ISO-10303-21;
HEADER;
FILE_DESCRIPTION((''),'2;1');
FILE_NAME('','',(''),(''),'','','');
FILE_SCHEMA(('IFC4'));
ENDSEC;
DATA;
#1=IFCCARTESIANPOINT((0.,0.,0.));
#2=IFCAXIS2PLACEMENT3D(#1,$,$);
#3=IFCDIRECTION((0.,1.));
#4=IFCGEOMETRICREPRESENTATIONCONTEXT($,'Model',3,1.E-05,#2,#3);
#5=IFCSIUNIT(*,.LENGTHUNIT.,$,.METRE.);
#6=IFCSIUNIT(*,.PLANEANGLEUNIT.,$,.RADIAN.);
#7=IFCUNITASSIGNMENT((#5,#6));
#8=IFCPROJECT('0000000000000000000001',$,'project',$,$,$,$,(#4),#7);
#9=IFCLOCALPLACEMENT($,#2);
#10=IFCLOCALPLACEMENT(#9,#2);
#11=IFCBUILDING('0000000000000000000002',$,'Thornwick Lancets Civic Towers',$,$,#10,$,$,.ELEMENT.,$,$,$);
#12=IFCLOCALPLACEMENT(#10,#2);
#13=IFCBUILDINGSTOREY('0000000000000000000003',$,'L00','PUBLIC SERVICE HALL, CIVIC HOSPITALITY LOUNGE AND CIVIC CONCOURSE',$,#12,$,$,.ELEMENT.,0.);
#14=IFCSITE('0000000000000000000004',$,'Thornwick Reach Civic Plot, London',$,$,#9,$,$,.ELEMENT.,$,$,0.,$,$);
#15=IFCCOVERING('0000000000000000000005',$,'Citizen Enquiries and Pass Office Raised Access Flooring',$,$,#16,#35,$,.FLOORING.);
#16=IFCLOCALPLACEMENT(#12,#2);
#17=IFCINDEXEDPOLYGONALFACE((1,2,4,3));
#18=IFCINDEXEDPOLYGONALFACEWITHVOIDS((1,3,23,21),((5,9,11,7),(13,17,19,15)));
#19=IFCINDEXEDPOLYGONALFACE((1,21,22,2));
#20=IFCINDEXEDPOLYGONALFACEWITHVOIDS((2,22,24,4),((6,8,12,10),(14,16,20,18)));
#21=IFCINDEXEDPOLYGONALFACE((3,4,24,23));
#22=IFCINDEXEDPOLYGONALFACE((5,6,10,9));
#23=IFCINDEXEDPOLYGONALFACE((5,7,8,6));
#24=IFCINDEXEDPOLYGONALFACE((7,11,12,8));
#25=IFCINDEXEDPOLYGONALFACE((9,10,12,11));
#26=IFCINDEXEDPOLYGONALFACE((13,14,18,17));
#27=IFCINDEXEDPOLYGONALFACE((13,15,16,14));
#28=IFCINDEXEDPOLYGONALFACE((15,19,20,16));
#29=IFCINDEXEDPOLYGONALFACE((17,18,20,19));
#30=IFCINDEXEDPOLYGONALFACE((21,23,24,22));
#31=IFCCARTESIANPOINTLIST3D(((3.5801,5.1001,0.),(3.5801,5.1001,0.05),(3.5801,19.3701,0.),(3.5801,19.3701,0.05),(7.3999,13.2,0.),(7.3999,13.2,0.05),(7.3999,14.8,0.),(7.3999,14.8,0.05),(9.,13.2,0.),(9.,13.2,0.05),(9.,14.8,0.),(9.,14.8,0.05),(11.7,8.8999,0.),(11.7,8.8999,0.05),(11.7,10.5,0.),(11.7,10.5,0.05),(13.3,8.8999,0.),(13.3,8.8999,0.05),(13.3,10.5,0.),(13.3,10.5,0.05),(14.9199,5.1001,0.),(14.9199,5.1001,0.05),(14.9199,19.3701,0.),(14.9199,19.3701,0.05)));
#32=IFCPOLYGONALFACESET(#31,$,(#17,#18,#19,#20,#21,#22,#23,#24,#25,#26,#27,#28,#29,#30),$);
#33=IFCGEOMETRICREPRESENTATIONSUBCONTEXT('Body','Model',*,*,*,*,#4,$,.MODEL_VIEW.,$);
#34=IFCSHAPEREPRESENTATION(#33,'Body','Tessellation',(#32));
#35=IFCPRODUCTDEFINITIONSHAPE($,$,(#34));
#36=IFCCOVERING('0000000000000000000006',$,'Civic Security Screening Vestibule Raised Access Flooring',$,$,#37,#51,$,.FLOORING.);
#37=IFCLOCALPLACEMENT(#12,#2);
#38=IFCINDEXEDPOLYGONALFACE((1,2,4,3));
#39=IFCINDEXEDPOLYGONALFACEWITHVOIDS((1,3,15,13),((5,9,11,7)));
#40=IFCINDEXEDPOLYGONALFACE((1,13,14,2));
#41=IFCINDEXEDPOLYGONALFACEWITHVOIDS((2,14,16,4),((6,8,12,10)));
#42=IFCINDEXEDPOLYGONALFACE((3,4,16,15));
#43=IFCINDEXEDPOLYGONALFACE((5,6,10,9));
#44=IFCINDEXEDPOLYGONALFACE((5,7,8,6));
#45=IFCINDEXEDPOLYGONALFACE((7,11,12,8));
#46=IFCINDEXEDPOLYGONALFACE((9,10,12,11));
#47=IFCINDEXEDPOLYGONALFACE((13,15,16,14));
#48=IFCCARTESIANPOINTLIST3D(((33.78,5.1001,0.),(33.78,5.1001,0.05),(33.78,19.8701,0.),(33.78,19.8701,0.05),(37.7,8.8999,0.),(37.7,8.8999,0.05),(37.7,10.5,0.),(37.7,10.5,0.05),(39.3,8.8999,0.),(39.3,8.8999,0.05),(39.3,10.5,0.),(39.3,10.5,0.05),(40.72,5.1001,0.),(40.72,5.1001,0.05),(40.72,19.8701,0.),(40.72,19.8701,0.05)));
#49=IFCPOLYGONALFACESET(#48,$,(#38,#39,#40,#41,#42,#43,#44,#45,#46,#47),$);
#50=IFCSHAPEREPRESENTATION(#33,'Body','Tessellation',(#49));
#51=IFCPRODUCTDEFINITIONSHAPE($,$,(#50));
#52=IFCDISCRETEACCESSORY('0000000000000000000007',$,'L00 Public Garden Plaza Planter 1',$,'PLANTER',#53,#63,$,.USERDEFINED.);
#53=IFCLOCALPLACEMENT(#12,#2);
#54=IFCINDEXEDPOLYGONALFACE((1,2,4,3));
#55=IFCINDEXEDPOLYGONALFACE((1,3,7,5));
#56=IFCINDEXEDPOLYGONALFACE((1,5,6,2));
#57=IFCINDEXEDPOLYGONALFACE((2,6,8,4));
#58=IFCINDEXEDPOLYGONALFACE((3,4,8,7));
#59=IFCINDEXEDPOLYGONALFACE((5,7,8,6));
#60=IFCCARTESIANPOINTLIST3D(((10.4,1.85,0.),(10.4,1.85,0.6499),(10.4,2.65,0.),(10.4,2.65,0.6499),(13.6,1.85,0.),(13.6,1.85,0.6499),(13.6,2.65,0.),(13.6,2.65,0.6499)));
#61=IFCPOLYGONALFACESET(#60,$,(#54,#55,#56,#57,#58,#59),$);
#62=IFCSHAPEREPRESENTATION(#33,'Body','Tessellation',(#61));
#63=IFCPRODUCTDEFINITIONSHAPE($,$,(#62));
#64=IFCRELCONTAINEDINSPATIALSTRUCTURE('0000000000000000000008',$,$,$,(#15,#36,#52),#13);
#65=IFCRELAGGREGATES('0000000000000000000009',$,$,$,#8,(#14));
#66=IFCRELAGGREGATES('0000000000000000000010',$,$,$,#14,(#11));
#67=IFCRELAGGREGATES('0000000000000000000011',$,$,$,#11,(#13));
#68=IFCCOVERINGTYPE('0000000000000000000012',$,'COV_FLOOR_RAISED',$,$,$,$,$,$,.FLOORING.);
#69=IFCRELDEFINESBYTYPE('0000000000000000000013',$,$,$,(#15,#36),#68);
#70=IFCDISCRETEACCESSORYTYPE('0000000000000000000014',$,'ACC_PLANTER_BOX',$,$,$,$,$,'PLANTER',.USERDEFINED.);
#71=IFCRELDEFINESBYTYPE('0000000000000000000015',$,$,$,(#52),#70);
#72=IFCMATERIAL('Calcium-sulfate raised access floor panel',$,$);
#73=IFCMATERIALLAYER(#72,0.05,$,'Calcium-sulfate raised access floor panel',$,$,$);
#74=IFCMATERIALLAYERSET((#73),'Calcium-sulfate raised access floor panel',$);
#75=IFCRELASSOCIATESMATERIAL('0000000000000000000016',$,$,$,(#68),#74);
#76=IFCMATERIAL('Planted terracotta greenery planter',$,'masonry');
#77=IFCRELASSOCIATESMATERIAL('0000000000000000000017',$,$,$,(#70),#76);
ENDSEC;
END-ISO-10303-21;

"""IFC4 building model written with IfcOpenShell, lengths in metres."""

from ifc_helpers import new_model, si_unit, direction, frame, origin, origin_2d, place, context, subcontext, project, spatial, polyline, rectangle, outline, extrude, material, layer, layer_set, type_object, element, save


model = new_model("IFC4")

# Units and contexts
model_context = context("Model", 3, precision=1e-05, world=origin(), true_north=direction((0.0, 1.0)))
body_context = subcontext(model_context, "Body", "Model", "MODEL_VIEW")
ifc_project = project(units=[si_unit("LENGTHUNIT", "METRE"), si_unit("PLANEANGLEUNIT", "RADIAN")], contexts=[model_context])

# Site, building, storey
site_placement = place(None, origin())
site = spatial("IfcSite", under=ifc_project, at=site_placement, Name="Thornwick Reach Civic Plot, London", CompositionType="ELEMENT", RefElevation=0.0)
building_placement = place(site_placement, origin())
building = spatial("IfcBuilding", under=site, at=building_placement, Name="Thornwick Lancets Civic Towers", CompositionType="ELEMENT")
storey_placement = place(building_placement, origin())
storey = spatial("IfcBuildingStorey", under=building, at=storey_placement, Name="L00", Description="PUBLIC SERVICE HALL, CIVIC HOSPITALITY LOUNGE AND CIVIC CONCOURSE", CompositionType="ELEMENT", Elevation=0.0)

# Coverings
ifc_material_1 = material(Name="Calcium-sulfate raised access floor panel")
ifc_layer_1 = layer(ifc_material_1, 0.05, Name="Calcium-sulfate raised access floor panel")
ifc_layer_set_1 = layer_set([ifc_layer_1], Name="Calcium-sulfate raised access floor panel")
covering_type_1 = type_object("IfcCoveringType", Name="COV_FLOOR_RAISED", PredefinedType="FLOORING", material=ifc_layer_set_1)
covering_1_placement = place(storey_placement, origin())
element("IfcCovering", 1, at=covering_1_placement, inside=storey, type_object=covering_type_1, Name="Citizen Enquiries and Pass Office Raised Access Flooring", PredefinedType="FLOORING", context=body_context, shape_type="SweptSolid", body=[
    extrude(outline(polyline([(3.5801, 5.1001), (3.5801, 19.3701), (14.9199, 19.3701), (14.9199, 5.1001), (3.5801, 5.1001)]), holes=[polyline([(11.7, 8.8999), (13.3, 8.8999), (13.3, 10.5), (11.7, 10.5), (11.7, 8.8999)]), polyline([(7.3999, 13.2), (9.0, 13.2), (9.0, 14.8), (7.3999, 14.8), (7.3999, 13.2)])]), origin(), (0.0, 0.0, 1.0), 0.05),
])
covering_2_placement = place(storey_placement, origin())
element("IfcCovering", 2, at=covering_2_placement, inside=storey, type_object=covering_type_1, Name="Civic Security Screening Vestibule Raised Access Flooring", PredefinedType="FLOORING", context=body_context, shape_type="SweptSolid", body=[
    extrude(outline(polyline([(40.72, 5.1001), (33.78, 5.1001), (33.78, 19.8701), (40.72, 19.8701), (40.72, 5.1001)]), holes=[polyline([(37.7, 8.8999), (39.3, 8.8999), (39.3, 10.5), (37.7, 10.5), (37.7, 8.8999)])]), origin(), (0.0, 0.0, 1.0), 0.05),
])

# Discrete accessory
ifc_material_2 = material(Name="Planted terracotta greenery planter", Category="masonry")
discrete_accessory_type = type_object("IfcDiscreteAccessoryType", Name="ACC_PLANTER_BOX", ElementType="PLANTER", PredefinedType="USERDEFINED", material=ifc_material_2)
discrete_accessory_placement = place(storey_placement, frame((12.0, 2.25, 0.0), z_axis=(0.0, 0.0, 1.0), x_axis=(1.0, 0.0, 0.0)))
element("IfcDiscreteAccessory", 3, at=discrete_accessory_placement, inside=storey, type_object=discrete_accessory_type, Name="L00 Public Garden Plaza Planter 1", ObjectType="PLANTER", PredefinedType="USERDEFINED", context=body_context, shape_type="SweptSolid", body=[
    extrude(rectangle(XDim=3.2, YDim=0.8, at=origin_2d()), origin(), (0.0, 0.0, 1.0), 0.6499),
])

save(model, "model.ifc")
